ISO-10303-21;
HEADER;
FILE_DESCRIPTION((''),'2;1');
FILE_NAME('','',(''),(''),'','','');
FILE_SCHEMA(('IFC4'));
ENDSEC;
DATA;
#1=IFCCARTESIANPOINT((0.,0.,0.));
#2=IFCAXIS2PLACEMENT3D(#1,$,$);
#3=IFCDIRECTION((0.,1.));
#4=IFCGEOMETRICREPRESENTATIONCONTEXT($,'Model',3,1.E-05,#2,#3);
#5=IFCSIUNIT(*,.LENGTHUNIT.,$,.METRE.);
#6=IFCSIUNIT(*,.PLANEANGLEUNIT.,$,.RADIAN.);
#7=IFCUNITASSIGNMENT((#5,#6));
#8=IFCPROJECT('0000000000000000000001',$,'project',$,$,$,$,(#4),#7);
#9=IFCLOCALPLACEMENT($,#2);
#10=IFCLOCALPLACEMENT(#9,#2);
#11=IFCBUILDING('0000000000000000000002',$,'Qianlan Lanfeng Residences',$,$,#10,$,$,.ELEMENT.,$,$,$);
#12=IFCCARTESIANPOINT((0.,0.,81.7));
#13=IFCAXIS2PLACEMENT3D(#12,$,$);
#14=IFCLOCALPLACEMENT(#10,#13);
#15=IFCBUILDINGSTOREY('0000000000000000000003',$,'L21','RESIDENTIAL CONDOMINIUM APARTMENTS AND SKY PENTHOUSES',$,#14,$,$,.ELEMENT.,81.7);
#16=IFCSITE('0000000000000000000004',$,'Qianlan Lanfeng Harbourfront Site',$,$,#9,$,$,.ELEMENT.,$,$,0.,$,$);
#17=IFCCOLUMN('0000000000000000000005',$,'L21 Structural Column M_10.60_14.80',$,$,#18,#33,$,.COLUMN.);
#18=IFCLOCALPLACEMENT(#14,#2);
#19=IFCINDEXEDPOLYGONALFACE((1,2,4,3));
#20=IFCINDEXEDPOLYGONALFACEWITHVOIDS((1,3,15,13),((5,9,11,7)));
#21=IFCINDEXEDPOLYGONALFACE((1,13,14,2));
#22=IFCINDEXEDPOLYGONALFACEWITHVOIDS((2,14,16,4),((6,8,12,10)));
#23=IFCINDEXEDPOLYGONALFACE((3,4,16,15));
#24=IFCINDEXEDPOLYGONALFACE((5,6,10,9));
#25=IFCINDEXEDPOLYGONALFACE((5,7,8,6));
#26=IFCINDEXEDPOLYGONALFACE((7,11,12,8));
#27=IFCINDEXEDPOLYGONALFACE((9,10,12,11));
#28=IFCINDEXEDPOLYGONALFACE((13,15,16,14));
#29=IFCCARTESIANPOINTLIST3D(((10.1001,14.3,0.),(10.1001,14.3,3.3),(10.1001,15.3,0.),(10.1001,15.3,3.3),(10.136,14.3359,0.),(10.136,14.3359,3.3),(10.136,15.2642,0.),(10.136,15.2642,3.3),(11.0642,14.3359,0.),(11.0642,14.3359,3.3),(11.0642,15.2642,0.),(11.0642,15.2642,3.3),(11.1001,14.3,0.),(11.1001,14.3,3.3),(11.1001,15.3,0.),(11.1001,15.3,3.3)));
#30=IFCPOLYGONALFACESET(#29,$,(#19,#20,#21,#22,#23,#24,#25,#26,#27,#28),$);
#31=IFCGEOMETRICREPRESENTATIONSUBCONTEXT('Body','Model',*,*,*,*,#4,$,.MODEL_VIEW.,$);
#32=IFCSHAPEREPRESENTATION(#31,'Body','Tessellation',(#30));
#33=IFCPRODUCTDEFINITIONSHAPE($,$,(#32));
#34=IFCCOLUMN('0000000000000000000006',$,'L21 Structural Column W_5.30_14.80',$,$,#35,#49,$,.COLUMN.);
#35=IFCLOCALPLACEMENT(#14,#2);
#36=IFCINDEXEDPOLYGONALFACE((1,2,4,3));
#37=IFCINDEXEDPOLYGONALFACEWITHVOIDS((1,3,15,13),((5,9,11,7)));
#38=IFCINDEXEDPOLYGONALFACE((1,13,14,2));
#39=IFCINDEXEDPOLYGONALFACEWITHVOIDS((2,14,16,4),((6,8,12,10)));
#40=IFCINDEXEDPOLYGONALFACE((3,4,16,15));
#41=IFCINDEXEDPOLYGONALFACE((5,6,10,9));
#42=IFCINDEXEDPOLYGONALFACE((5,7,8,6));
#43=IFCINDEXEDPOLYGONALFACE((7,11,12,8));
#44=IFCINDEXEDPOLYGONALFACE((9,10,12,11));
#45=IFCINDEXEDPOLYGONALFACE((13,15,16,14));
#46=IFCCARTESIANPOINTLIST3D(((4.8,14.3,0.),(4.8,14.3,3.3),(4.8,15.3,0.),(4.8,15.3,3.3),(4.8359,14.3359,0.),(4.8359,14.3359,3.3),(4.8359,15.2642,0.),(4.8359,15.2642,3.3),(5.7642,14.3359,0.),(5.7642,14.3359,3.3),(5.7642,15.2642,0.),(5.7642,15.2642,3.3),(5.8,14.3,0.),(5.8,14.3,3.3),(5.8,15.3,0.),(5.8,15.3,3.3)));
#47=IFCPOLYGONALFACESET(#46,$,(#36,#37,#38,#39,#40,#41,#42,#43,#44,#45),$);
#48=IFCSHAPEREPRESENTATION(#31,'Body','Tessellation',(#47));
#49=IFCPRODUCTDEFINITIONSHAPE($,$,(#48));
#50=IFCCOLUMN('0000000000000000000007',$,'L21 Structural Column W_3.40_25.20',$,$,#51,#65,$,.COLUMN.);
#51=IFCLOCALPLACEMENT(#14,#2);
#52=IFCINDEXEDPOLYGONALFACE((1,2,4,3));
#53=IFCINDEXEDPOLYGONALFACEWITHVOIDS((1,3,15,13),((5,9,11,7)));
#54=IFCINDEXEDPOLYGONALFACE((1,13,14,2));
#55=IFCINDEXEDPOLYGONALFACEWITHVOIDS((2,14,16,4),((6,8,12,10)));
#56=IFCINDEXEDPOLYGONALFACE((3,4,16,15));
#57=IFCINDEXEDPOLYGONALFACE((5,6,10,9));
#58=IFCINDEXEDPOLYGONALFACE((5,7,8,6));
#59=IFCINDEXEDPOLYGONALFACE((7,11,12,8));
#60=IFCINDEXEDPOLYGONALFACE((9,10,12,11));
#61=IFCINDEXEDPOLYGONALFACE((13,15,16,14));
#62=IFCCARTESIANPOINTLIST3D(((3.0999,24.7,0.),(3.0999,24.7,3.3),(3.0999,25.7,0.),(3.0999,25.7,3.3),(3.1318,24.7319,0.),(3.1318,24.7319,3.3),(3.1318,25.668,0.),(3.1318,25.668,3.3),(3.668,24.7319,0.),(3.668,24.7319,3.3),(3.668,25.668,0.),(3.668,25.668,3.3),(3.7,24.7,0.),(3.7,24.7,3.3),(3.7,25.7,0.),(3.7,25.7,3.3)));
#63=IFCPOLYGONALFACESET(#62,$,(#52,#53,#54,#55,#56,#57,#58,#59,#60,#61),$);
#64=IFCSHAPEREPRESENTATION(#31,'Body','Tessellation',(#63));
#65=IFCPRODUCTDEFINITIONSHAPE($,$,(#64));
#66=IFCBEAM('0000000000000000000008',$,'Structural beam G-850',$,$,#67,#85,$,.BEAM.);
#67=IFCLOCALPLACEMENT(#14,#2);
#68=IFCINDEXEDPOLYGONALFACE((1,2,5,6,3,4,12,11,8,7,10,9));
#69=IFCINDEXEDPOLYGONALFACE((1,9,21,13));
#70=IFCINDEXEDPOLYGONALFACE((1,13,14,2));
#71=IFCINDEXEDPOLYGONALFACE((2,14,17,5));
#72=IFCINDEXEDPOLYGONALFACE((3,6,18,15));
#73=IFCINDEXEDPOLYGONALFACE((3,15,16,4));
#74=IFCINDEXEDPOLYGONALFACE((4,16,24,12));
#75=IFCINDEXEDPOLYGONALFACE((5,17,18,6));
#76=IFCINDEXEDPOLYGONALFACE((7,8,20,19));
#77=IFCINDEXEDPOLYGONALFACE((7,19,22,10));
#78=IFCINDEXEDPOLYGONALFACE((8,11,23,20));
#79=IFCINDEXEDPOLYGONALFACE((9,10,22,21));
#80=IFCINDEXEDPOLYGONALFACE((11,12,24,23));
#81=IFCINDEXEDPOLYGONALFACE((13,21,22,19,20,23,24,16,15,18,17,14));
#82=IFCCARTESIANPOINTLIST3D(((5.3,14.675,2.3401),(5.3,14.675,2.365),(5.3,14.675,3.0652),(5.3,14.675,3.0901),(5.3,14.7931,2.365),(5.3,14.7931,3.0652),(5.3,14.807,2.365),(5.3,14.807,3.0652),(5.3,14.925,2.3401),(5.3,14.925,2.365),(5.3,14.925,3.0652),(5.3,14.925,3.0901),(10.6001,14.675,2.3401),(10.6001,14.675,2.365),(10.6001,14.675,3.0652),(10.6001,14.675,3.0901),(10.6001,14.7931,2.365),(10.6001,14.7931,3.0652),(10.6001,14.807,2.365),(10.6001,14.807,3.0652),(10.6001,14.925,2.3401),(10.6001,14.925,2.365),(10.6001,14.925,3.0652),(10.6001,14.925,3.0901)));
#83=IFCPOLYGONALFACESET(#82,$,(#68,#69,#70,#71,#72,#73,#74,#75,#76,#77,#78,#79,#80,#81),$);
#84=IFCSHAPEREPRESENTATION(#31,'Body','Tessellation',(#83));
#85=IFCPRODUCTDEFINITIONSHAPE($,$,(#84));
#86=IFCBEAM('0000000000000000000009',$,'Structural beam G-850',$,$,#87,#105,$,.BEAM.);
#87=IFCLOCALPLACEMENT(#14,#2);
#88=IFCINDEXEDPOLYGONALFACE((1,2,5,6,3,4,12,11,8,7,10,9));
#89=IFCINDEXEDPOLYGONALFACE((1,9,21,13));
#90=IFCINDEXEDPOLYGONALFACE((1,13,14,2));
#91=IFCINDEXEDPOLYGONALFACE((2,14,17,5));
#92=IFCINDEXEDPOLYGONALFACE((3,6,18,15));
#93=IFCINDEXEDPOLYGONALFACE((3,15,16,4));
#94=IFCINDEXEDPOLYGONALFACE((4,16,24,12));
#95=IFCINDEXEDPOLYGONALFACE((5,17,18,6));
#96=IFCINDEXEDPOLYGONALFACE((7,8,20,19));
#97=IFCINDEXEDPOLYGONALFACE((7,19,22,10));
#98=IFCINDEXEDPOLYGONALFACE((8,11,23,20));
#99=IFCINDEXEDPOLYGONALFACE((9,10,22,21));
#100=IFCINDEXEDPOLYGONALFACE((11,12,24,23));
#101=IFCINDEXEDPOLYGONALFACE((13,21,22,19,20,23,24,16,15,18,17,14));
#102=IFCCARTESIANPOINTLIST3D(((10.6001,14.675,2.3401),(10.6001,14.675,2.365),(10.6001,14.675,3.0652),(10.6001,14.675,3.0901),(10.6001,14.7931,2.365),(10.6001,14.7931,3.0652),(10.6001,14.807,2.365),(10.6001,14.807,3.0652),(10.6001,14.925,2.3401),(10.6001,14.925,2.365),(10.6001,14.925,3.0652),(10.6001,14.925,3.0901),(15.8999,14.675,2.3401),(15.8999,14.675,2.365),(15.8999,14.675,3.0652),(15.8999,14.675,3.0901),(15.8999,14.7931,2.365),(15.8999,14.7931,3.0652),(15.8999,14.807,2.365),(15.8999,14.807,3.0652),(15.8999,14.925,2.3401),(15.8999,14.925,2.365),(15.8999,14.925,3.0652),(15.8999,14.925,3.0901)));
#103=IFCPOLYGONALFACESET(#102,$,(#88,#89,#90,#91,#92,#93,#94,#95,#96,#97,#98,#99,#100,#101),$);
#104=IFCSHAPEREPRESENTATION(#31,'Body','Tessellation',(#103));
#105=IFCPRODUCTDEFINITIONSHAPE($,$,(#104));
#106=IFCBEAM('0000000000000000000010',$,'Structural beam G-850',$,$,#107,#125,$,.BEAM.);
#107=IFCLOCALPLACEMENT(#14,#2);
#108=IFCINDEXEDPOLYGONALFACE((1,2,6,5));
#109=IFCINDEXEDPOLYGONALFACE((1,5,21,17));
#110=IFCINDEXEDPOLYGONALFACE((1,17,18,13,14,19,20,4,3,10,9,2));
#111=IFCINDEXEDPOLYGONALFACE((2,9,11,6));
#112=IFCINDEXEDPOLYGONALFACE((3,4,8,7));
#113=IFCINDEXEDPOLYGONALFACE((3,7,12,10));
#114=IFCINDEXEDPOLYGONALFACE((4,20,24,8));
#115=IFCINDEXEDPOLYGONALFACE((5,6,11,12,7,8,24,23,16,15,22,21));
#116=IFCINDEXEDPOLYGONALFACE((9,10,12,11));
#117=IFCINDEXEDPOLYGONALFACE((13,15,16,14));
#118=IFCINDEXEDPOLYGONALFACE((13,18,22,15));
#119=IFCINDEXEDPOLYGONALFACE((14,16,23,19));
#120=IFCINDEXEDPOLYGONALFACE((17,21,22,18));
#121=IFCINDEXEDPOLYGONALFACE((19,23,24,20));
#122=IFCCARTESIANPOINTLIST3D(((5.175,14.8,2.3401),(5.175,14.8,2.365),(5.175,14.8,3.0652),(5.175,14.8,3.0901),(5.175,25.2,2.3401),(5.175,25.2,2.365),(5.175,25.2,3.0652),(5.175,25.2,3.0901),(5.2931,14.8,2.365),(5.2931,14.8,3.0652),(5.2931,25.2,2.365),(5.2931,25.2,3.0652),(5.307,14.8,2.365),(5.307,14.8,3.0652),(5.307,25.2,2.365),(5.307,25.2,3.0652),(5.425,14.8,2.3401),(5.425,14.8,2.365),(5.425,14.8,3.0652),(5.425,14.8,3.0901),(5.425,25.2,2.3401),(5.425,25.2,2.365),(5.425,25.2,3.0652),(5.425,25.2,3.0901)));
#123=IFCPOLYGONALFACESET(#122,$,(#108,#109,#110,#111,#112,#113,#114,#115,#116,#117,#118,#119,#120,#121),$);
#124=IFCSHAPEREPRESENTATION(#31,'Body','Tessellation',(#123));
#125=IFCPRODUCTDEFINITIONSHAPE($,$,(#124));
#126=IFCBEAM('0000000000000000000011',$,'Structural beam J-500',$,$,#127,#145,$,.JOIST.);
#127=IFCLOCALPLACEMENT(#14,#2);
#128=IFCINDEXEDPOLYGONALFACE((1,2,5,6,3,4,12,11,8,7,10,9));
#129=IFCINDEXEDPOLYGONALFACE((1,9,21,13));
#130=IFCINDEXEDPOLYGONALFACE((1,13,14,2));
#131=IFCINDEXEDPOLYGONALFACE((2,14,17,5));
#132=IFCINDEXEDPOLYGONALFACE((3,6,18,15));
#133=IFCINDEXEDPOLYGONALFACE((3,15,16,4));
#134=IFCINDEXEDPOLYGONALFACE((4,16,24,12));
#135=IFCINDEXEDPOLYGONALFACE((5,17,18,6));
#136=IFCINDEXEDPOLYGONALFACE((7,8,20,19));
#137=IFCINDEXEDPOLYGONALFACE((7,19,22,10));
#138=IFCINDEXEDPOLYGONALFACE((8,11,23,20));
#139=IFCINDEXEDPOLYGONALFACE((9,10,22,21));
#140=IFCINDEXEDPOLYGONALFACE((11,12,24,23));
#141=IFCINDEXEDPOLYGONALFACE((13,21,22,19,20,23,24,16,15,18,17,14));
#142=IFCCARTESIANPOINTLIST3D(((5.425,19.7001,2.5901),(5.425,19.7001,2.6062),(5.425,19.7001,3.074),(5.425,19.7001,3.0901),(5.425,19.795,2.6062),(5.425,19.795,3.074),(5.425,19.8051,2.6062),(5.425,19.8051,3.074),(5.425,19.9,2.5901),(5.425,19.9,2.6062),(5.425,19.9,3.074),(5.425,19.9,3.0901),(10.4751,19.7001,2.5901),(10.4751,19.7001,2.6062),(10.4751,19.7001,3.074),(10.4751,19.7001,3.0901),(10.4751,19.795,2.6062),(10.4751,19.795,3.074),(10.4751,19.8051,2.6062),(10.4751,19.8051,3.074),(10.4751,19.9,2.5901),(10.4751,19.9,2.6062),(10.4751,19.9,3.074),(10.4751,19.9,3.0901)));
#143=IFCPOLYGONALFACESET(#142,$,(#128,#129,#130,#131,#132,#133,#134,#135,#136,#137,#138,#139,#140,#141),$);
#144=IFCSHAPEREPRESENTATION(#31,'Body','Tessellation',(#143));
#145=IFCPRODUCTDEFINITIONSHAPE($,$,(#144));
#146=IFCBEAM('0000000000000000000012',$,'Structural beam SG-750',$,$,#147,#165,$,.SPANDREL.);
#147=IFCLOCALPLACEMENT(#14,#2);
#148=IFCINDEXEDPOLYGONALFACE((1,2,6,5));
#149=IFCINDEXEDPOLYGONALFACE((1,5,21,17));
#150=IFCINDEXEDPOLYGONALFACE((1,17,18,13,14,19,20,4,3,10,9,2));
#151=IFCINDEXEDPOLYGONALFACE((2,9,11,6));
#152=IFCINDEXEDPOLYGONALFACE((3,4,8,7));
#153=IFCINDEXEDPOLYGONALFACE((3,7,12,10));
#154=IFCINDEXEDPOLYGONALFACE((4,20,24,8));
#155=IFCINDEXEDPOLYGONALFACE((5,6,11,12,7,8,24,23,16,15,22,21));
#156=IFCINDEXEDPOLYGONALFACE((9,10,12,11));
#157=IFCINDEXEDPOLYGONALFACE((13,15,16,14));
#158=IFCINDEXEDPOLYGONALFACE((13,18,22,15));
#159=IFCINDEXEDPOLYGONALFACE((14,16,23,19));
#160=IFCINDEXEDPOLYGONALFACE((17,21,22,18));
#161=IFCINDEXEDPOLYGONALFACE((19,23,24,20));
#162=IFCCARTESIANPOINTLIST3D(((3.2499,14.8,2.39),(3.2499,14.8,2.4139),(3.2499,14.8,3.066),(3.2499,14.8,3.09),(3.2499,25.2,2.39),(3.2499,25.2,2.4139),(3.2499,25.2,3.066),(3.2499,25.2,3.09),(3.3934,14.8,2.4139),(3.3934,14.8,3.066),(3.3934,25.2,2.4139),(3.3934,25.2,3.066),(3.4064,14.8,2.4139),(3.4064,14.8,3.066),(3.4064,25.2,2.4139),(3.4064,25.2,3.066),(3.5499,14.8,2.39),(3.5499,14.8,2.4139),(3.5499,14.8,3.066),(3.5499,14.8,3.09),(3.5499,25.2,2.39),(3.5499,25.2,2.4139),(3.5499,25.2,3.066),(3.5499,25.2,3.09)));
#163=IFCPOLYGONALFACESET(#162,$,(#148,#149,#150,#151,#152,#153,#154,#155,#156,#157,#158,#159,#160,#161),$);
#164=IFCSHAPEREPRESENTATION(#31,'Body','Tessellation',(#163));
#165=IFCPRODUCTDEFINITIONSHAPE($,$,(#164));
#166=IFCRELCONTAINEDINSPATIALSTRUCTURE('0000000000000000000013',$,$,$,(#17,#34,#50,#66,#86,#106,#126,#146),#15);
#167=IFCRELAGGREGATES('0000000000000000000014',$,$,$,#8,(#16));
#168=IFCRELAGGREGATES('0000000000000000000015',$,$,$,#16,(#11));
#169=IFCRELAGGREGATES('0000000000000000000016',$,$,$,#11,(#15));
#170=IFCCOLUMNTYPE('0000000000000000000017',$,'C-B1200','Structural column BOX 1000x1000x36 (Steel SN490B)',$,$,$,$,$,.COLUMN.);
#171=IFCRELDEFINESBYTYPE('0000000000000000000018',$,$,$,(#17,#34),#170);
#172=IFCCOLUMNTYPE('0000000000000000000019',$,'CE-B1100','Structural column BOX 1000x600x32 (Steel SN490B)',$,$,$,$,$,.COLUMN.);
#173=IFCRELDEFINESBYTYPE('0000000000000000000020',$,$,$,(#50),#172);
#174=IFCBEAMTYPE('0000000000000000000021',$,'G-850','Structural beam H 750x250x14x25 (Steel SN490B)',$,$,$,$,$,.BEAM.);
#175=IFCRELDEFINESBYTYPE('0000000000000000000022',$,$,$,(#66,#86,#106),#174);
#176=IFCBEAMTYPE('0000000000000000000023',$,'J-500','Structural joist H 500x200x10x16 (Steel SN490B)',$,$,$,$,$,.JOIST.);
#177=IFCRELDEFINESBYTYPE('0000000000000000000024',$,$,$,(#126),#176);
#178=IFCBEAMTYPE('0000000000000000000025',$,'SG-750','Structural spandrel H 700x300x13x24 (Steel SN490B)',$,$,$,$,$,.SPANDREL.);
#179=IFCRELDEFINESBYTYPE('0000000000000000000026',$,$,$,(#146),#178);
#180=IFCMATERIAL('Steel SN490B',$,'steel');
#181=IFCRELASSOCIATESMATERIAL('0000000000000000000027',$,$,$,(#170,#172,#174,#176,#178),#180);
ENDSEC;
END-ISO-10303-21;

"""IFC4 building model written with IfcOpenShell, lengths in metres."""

from ifc_helpers import new_model, si_unit, direction, frame, origin, origin_2d, place, context, subcontext, project, spatial, hollow_rectangle, i_section, extrude, material, material_profile, profile_set, type_object, element, save


model = new_model("IFC4")

# Units and contexts
model_context = context("Model", 3, precision=1e-05, world=origin(), true_north=direction((0.0, 1.0)))
body_context = subcontext(model_context, "Body", "Model", "MODEL_VIEW")
ifc_project = project(units=[si_unit("LENGTHUNIT", "METRE"), si_unit("PLANEANGLEUNIT", "RADIAN")], contexts=[model_context])

# Site, building, storey
site_placement = place(None, origin())
site = spatial("IfcSite", under=ifc_project, at=site_placement, Name="Qianlan Lanfeng Harbourfront Site", CompositionType="ELEMENT", RefElevation=0.0)
building_placement = place(site_placement, origin())
building = spatial("IfcBuilding", under=site, at=building_placement, Name="Qianlan Lanfeng Residences", CompositionType="ELEMENT")
storey_placement = place(building_placement, frame((0.0, 0.0, 81.7)))
storey = spatial("IfcBuildingStorey", under=building, at=storey_placement, Name="L21", Description="RESIDENTIAL CONDOMINIUM APARTMENTS AND SKY PENTHOUSES", CompositionType="ELEMENT", Elevation=81.7)

# Columns
ifc_material_1 = material(Name="Steel SN490B", Category="steel")
ifc_material_profile_1 = material_profile(ifc_material_1, hollow_rectangle(XDim=1.0, YDim=1.0, WallThickness=0.0359, at=origin_2d()), Name="BOX 1000x1000x36")
ifc_profile_set_1 = profile_set([ifc_material_profile_1], Name="Steel SN490B")
column_type_1 = type_object("IfcColumnType", Name="C-B1200", Description="Structural column BOX 1000x1000x36 (Steel SN490B)", PredefinedType="COLUMN", material=ifc_profile_set_1)
for number, where, z_axis, x_axis, name in (
    (1, (10.6001, 14.8, 0.0), (0.0, 0.0, 1.0), (1.0, 0.0, 0.0), "L21 Structural Column M_10.60_14.80"),
    (2, (5.3, 14.8, 0.0), (0.0, 0.0, 1.0), (1.0, 0.0, 0.0), "L21 Structural Column W_5.30_14.80"),
):
    element("IfcColumn", number, at=place(storey_placement, frame(where, z_axis=z_axis, x_axis=x_axis)), inside=storey, type_object=column_type_1, Name=name, PredefinedType="COLUMN", context=body_context, shape_type="SweptSolid", body=[
        extrude(hollow_rectangle(XDim=1.0, YDim=1.0, WallThickness=0.0359, at=origin_2d()), origin(), (0.0, 0.0, 1.0), 3.3),
    ])
ifc_material_profile_2 = material_profile(ifc_material_1, hollow_rectangle(XDim=0.6001, YDim=1.0, WallThickness=0.032, at=origin_2d()), Name="BOX 1000x600x32")
ifc_profile_set_2 = profile_set([ifc_material_profile_2], Name="Steel SN490B")
column_type_2 = type_object("IfcColumnType", Name="CE-B1100", Description="Structural column BOX 1000x600x32 (Steel SN490B)", PredefinedType="COLUMN", material=ifc_profile_set_2)
column_placement = place(storey_placement, frame((3.3999, 25.2, 0.0), z_axis=(0.0, 0.0, 1.0), x_axis=(1.0, 0.0, 0.0)))
element("IfcColumn", 3, at=column_placement, inside=storey, type_object=column_type_2, Name="L21 Structural Column W_3.40_25.20", PredefinedType="COLUMN", context=body_context, shape_type="SweptSolid", body=[
    extrude(hollow_rectangle(XDim=0.6001, YDim=1.0, WallThickness=0.032, at=origin_2d()), origin(), (0.0, 0.0, 1.0), 3.3),
])

# Beams
ifc_material_profile_3 = material_profile(ifc_material_1, i_section(OverallWidth=0.25, OverallDepth=0.75, WebThickness=0.0139, FlangeThickness=0.0249, at=origin_2d()), Name="H 750x250x14x25")
ifc_profile_set_3 = profile_set([ifc_material_profile_3], Name="Steel SN490B")
beam_type_1 = type_object("IfcBeamType", Name="G-850", Description="Structural beam H 750x250x14x25 (Steel SN490B)", PredefinedType="BEAM", material=ifc_profile_set_3)
beam_1_placement = place(storey_placement, frame((5.3, 14.8, 2.7151), z_axis=(1.0, 0.0, 0.0), x_axis=(0.0, 1.0, 0.0)))
element("IfcBeam", 4, at=beam_1_placement, inside=storey, type_object=beam_type_1, Name="Structural beam G-850", PredefinedType="BEAM", context=body_context, shape_type="SweptSolid", body=[
    extrude(i_section(OverallWidth=0.25, OverallDepth=0.75, WebThickness=0.0139, FlangeThickness=0.0249, at=origin_2d()), origin(), (0.0, 0.0, 1.0), 5.3),
])
beam_2_placement = place(storey_placement, frame((10.6001, 14.8, 2.7151), z_axis=(1.0, 0.0, 0.0), x_axis=(0.0, 1.0, 0.0)))
element("IfcBeam", 5, at=beam_2_placement, inside=storey, type_object=beam_type_1, Name="Structural beam G-850", PredefinedType="BEAM", context=body_context, shape_type="SweptSolid", body=[
    extrude(i_section(OverallWidth=0.25, OverallDepth=0.75, WebThickness=0.0139, FlangeThickness=0.0249, at=origin_2d()), origin(), (0.0, 0.0, 1.0), 5.2998),
])
beam_3_placement = place(storey_placement, frame((5.3, 14.8, 2.7151), z_axis=(0.0, 1.0, 0.0), x_axis=(-1.0, 0.0, 0.0)))
element("IfcBeam", 6, at=beam_3_placement, inside=storey, type_object=beam_type_1, Name="Structural beam G-850", PredefinedType="BEAM", context=body_context, shape_type="SweptSolid", body=[
    extrude(i_section(OverallWidth=0.25, OverallDepth=0.75, WebThickness=0.0139, FlangeThickness=0.0249, at=origin_2d()), origin(), (0.0, 0.0, 1.0), 10.3999),
])
ifc_material_profile_4 = material_profile(ifc_material_1, i_section(OverallWidth=0.2, OverallDepth=0.5, WebThickness=0.01, FlangeThickness=0.0161, at=origin_2d()), Name="H 500x200x10x16")
ifc_profile_set_4 = profile_set([ifc_material_profile_4], Name="Steel SN490B")
beam_type_2 = type_object("IfcBeamType", Name="J-500", Description="Structural joist H 500x200x10x16 (Steel SN490B)", PredefinedType="JOIST", material=ifc_profile_set_4)
beam_4_placement = place(storey_placement, frame((5.425, 19.8, 2.8401), z_axis=(1.0, 0.0, 0.0), x_axis=(0.0, 1.0, 0.0)))
element("IfcBeam", 7, at=beam_4_placement, inside=storey, type_object=beam_type_2, Name="Structural beam J-500", PredefinedType="JOIST", context=body_context, shape_type="SweptSolid", body=[
    extrude(i_section(OverallWidth=0.2, OverallDepth=0.5, WebThickness=0.01, FlangeThickness=0.0161, at=origin_2d()), origin(), (0.0, 0.0, 1.0), 5.05),
])
ifc_material_profile_5 = material_profile(ifc_material_1, i_section(OverallWidth=0.3, OverallDepth=0.7, WebThickness=0.0129, FlangeThickness=0.0239, at=origin_2d()), Name="H 700x300x13x24")
ifc_profile_set_5 = profile_set([ifc_material_profile_5], Name="Steel SN490B")
beam_type_3 = type_object("IfcBeamType", Name="SG-750", Description="Structural spandrel H 700x300x13x24 (Steel SN490B)", PredefinedType="SPANDREL", material=ifc_profile_set_5)
beam_5_placement = place(storey_placement, frame((3.3999, 14.8, 2.74), z_axis=(0.0, 1.0, 0.0), x_axis=(-1.0, 0.0, 0.0)))
element("IfcBeam", 8, at=beam_5_placement, inside=storey, type_object=beam_type_3, Name="Structural beam SG-750", PredefinedType="SPANDREL", context=body_context, shape_type="SweptSolid", body=[
    extrude(i_section(OverallWidth=0.3, OverallDepth=0.7, WebThickness=0.0129, FlangeThickness=0.0239, at=origin_2d()), origin(), (0.0, 0.0, 1.0), 10.3999),
])

save(model, "model.ifc")
